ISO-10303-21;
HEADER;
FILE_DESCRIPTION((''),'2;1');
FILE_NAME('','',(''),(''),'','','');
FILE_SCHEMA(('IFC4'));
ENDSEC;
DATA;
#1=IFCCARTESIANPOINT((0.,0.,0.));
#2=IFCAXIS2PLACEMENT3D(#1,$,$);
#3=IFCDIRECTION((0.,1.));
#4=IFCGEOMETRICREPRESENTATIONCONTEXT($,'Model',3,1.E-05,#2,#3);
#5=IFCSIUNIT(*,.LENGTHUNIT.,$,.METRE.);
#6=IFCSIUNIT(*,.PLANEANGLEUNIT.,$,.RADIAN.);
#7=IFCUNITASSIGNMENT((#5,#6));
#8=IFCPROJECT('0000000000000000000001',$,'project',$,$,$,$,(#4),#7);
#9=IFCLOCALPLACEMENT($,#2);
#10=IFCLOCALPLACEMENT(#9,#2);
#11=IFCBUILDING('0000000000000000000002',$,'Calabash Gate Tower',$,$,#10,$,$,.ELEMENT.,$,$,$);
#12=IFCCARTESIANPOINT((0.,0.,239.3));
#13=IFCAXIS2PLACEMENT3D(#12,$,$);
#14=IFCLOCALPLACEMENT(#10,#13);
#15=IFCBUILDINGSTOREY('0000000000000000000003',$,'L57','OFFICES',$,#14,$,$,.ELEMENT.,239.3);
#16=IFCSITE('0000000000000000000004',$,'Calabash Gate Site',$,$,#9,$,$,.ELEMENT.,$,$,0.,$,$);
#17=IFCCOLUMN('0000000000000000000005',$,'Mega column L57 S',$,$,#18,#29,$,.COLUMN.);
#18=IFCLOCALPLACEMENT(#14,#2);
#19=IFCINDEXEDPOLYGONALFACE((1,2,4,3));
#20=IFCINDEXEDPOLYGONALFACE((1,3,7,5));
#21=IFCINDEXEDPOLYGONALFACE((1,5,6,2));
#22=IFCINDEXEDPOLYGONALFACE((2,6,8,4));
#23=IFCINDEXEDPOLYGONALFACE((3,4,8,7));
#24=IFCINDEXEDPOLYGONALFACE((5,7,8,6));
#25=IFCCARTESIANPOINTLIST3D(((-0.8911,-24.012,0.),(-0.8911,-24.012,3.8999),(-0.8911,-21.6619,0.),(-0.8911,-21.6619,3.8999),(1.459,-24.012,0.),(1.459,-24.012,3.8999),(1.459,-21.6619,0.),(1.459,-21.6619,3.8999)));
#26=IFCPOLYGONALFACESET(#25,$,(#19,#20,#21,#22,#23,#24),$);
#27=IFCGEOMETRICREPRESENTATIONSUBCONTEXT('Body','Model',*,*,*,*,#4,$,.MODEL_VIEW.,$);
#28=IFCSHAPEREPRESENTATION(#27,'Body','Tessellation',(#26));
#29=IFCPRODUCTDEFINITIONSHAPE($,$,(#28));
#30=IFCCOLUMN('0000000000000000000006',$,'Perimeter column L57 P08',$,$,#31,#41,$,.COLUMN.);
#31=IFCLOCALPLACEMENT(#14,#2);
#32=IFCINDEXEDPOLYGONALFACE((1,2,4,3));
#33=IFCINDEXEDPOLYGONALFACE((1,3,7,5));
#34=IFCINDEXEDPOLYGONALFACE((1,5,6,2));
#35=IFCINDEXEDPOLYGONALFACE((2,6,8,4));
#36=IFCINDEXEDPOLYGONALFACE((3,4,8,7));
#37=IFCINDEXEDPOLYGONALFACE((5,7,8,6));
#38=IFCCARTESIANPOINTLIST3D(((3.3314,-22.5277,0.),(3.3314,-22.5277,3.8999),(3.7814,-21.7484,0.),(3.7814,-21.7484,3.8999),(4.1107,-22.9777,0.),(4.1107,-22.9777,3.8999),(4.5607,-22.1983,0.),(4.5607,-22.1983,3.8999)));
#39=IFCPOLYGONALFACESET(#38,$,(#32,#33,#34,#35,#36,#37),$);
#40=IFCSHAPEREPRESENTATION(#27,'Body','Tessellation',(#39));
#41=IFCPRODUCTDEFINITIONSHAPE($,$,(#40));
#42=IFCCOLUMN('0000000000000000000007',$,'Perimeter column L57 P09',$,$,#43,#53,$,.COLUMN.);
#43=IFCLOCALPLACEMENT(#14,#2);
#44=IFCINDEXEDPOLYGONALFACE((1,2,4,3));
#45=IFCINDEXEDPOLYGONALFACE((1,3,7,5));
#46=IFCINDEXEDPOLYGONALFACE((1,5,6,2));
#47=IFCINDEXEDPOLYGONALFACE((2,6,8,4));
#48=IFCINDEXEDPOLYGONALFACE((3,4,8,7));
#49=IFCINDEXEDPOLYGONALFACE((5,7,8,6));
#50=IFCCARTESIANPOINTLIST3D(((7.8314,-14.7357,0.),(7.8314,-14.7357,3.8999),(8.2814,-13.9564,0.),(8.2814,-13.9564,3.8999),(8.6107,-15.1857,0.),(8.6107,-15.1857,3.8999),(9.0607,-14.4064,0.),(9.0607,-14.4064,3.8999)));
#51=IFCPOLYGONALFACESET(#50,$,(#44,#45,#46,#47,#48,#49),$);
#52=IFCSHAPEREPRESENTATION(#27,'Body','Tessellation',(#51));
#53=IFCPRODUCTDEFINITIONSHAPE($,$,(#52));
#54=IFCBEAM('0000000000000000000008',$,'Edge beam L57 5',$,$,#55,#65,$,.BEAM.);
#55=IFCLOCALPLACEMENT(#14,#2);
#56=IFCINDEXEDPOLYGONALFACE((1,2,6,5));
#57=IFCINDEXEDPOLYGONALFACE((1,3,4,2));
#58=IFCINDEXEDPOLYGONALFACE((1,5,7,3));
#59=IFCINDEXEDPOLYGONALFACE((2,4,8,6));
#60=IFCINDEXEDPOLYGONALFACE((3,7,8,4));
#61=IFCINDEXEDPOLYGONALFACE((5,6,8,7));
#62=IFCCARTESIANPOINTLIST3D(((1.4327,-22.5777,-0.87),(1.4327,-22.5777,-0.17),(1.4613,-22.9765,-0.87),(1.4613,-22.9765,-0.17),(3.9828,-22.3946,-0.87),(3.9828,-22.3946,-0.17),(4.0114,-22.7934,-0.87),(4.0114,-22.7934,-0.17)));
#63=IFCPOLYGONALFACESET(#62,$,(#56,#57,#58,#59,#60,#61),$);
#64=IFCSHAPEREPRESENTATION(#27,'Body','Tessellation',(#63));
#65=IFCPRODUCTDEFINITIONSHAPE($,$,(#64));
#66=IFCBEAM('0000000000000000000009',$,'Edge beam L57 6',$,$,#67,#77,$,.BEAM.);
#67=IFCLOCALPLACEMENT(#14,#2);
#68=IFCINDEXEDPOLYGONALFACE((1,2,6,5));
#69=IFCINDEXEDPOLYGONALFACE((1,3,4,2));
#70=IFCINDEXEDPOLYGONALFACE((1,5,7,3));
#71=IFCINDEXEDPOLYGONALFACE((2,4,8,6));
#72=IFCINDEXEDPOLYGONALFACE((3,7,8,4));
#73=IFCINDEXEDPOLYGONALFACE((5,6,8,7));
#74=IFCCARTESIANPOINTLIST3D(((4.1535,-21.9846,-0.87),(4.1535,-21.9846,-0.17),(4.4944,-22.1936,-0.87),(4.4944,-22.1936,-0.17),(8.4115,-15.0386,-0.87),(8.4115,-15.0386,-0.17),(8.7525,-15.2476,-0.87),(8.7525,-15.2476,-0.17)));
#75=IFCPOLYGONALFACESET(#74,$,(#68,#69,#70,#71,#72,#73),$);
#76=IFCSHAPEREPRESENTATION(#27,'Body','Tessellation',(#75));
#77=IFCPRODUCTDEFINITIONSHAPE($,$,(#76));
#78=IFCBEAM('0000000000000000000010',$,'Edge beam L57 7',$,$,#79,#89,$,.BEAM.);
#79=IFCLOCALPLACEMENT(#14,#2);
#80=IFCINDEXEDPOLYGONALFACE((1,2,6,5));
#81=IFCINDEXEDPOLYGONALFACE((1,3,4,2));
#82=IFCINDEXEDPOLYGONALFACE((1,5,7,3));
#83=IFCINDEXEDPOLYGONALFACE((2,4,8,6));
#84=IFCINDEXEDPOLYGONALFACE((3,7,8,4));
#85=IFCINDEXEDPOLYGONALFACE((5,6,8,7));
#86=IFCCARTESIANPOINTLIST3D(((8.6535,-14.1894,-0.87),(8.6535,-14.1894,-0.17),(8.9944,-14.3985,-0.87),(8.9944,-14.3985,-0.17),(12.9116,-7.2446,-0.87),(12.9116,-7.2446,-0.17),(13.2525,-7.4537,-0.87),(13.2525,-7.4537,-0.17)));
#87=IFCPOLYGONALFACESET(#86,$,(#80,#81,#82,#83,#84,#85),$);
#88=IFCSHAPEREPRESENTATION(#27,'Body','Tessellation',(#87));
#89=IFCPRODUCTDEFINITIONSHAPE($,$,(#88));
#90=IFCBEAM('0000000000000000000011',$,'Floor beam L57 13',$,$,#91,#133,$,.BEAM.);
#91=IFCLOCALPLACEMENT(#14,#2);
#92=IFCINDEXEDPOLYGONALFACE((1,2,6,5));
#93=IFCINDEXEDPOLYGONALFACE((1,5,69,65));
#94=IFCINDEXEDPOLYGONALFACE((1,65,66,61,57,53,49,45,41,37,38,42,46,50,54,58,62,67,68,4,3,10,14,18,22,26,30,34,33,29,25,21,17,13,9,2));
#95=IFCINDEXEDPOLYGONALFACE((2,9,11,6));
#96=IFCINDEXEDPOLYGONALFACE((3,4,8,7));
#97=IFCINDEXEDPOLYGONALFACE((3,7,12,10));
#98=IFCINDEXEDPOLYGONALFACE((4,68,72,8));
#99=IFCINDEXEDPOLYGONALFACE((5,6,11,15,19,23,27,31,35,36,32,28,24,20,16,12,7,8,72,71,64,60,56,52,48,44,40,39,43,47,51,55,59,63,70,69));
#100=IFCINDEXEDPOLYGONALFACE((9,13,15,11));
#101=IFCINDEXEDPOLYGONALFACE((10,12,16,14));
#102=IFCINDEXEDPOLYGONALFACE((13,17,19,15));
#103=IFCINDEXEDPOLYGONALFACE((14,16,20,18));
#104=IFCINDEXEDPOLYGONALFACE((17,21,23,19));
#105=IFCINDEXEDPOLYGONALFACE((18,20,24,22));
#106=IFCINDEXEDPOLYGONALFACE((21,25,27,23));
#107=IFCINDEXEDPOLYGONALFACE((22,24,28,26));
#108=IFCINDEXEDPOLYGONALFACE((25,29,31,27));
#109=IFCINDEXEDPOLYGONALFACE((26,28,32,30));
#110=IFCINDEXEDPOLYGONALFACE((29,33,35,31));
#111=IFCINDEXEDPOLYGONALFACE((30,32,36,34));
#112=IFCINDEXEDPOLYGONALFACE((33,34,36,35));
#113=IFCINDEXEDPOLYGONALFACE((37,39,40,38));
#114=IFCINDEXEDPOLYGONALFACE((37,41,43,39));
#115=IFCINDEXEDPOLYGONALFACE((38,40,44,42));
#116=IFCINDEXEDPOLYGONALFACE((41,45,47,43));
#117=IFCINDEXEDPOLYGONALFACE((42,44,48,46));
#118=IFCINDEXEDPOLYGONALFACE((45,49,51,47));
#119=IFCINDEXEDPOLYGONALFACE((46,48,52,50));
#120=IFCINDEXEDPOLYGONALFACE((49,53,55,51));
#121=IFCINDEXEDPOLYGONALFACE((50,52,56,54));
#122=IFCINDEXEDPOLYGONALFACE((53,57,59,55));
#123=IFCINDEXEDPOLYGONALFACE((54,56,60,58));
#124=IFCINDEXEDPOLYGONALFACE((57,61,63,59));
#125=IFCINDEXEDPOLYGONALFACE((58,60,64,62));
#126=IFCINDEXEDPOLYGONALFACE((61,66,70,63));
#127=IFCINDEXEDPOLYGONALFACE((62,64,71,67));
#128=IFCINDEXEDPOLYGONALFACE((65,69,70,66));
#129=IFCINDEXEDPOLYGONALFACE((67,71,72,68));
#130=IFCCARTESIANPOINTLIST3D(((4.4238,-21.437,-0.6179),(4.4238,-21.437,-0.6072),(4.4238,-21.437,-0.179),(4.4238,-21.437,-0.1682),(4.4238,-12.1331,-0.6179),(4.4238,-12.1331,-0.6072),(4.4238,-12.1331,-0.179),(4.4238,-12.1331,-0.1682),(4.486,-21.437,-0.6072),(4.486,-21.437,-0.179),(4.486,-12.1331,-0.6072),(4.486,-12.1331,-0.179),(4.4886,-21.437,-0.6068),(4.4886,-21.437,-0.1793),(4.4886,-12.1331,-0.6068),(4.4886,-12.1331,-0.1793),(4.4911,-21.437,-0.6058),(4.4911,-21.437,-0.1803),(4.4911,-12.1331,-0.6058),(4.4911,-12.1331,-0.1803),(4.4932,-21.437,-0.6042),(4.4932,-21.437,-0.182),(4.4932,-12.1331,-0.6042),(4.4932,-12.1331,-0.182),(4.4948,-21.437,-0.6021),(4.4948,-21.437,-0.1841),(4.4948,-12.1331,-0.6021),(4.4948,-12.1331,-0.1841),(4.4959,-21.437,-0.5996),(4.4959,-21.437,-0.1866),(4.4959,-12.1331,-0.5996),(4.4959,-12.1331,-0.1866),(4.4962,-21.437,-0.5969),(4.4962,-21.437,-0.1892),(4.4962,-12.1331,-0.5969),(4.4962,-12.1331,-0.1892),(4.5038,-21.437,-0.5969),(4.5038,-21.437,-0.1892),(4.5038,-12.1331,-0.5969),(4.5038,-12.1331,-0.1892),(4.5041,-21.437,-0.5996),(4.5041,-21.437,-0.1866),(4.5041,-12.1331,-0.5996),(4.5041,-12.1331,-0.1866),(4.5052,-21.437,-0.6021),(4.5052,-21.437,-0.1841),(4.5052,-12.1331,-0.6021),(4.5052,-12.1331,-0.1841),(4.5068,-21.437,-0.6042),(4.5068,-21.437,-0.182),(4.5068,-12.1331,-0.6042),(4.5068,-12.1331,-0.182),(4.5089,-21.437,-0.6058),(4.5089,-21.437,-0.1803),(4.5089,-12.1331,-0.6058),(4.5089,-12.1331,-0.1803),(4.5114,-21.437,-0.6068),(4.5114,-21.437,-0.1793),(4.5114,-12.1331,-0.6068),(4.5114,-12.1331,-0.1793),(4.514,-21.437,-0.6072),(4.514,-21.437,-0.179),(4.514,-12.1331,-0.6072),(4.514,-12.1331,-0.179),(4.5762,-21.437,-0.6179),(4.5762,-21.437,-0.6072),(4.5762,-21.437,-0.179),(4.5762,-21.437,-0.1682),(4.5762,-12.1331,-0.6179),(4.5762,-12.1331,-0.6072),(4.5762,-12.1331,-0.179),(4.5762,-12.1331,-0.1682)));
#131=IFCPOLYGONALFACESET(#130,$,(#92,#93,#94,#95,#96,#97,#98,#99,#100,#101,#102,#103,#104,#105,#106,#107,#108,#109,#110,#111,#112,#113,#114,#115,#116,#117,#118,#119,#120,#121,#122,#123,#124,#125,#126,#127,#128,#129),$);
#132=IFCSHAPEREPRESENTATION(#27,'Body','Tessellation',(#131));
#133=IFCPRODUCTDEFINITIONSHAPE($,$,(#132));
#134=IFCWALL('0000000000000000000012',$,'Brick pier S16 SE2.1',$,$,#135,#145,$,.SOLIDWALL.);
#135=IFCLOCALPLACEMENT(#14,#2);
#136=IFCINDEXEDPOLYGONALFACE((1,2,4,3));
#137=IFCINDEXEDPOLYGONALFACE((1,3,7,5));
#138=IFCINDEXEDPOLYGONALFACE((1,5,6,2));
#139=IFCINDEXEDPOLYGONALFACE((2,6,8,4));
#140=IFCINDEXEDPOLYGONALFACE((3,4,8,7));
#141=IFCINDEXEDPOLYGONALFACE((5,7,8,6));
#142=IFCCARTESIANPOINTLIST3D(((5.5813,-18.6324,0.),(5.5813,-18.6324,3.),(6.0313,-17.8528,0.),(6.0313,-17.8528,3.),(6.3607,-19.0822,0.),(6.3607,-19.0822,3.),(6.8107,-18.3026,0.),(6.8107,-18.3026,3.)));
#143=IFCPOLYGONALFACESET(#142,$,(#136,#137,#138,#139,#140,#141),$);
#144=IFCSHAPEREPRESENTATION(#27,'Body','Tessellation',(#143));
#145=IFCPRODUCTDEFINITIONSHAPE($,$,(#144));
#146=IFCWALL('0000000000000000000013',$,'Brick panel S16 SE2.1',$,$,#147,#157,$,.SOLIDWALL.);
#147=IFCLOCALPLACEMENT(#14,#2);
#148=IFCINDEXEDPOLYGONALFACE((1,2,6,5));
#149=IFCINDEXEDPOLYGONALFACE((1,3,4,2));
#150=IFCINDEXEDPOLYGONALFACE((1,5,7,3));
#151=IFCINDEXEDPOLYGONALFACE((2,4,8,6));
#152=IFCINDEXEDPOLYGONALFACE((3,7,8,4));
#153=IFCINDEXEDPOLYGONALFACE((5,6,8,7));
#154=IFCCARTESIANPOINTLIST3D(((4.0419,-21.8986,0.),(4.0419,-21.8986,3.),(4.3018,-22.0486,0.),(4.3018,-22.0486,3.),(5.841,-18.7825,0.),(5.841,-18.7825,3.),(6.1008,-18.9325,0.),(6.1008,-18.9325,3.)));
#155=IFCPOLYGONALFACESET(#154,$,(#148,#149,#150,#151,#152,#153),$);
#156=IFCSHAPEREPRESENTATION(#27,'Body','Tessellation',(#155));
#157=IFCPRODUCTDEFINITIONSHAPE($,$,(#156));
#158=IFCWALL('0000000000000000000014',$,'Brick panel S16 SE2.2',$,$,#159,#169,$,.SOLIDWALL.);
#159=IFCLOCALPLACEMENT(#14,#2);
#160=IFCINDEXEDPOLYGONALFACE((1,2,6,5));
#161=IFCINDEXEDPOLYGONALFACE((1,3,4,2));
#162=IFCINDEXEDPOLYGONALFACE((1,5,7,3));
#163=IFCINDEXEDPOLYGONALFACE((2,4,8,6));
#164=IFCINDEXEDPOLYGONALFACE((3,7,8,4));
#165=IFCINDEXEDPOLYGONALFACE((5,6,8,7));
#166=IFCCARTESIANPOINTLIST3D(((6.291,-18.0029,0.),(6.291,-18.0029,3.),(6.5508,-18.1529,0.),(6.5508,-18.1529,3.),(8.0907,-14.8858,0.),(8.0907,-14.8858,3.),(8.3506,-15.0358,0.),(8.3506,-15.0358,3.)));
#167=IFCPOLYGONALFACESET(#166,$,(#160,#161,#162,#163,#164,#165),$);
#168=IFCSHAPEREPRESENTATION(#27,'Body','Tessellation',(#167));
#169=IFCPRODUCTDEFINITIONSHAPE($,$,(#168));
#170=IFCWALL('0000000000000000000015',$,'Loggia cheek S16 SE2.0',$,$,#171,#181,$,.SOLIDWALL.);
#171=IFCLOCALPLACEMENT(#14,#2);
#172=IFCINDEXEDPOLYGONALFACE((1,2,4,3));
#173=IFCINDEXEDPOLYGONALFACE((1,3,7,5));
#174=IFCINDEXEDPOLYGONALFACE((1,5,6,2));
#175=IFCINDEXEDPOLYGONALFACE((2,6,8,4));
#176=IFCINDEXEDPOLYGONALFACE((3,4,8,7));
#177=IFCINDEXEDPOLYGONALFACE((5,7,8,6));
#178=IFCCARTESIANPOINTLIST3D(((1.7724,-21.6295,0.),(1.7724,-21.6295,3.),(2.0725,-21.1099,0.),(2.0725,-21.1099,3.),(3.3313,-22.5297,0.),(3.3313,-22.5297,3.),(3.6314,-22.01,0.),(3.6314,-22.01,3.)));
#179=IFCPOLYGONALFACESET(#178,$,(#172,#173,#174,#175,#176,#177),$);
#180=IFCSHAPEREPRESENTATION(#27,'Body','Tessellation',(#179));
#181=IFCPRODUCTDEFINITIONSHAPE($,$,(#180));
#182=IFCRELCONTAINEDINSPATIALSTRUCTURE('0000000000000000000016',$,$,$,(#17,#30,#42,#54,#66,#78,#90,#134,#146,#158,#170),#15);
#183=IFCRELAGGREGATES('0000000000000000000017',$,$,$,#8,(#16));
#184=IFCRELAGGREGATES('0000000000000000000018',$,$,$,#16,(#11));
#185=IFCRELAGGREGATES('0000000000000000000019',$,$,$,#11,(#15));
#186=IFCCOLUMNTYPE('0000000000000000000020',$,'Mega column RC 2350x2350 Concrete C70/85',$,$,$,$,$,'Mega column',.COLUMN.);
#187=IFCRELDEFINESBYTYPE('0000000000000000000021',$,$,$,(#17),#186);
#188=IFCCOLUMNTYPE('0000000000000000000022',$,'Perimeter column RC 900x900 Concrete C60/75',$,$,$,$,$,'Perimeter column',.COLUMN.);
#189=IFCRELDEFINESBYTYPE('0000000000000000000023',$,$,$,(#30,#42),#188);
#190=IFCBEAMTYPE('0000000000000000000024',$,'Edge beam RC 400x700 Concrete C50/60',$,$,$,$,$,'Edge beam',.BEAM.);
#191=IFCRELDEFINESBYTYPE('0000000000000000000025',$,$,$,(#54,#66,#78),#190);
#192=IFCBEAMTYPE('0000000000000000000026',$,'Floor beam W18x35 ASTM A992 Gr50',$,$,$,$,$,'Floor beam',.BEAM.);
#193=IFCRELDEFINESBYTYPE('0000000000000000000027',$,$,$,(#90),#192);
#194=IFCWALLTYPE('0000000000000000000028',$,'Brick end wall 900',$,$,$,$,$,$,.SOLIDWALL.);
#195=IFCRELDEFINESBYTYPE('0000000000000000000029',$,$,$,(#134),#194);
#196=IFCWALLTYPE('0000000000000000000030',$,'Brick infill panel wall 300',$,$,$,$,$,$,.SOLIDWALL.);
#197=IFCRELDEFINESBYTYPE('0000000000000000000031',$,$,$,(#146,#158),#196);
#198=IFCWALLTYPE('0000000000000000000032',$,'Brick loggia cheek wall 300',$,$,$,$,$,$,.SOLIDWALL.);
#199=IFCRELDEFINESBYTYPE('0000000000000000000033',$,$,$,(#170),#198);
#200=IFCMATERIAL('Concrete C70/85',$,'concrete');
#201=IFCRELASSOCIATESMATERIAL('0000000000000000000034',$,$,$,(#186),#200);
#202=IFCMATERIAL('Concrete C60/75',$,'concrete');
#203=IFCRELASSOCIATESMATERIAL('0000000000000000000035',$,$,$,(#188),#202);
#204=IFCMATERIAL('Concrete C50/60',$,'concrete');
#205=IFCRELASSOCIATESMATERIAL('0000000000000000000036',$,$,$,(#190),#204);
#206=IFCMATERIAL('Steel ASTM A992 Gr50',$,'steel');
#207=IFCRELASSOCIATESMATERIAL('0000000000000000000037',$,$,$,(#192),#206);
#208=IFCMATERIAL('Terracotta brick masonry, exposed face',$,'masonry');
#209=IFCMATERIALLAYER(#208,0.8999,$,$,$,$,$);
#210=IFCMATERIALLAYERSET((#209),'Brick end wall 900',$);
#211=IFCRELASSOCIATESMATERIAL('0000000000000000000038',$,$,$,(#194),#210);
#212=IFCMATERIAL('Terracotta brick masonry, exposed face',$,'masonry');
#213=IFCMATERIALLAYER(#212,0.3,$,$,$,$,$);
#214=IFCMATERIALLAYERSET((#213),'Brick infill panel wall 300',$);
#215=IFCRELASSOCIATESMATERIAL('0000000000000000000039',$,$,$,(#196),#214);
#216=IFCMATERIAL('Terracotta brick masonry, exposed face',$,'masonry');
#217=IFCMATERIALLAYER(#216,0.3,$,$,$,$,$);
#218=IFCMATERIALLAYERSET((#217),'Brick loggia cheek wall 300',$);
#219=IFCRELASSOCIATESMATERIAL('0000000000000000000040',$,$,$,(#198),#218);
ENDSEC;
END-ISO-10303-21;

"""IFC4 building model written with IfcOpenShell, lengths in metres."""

from ifc_helpers import new_model, si_unit, direction, frame, frame_2d, origin, origin_2d, place, context, subcontext, project, spatial, rectangle, i_section, extrude, material, layer, layer_set, material_profile, profile_set, type_object, element, save


model = new_model("IFC4")

# Units and contexts
model_context = context("Model", 3, precision=1e-05, world=origin(), true_north=direction((0.0, 1.0)))
body_context = subcontext(model_context, "Body", "Model", "MODEL_VIEW")
ifc_project = project(units=[si_unit("LENGTHUNIT", "METRE"), si_unit("PLANEANGLEUNIT", "RADIAN")], contexts=[model_context])

# Site, building, storey
site_placement = place(None, origin())
site = spatial("IfcSite", under=ifc_project, at=site_placement, Name="Calabash Gate Site", CompositionType="ELEMENT", RefElevation=0.0)
building_placement = place(site_placement, origin())
building = spatial("IfcBuilding", under=site, at=building_placement, Name="Calabash Gate Tower", CompositionType="ELEMENT")
storey_placement = place(building_placement, frame((0.0, 0.0, 239.3)))
storey = spatial("IfcBuildingStorey", under=building, at=storey_placement, Name="L57", Description="OFFICES", CompositionType="ELEMENT", Elevation=239.3)

# Columns
ifc_material_1 = material(Name="Concrete C70/85", Category="concrete")
ifc_material_profile_1 = material_profile(ifc_material_1, rectangle(XDim=2.3501, YDim=2.3501, at=origin_2d()))
ifc_profile_set_1 = profile_set([ifc_material_profile_1], Name="Concrete C70/85")
column_type_1 = type_object("IfcColumnType", Name="Mega column RC 2350x2350 Concrete C70/85", ElementType="Mega column", PredefinedType="COLUMN", material=ifc_profile_set_1)
column_placement = place(storey_placement, frame((0.2839, -22.8369, 0.0), z_axis=(0.0, 0.0, 1.0), x_axis=(0.0, 1.0, 0.0)))
element("IfcColumn", 1, at=column_placement, inside=storey, type_object=column_type_1, Name="Mega column L57 S", PredefinedType="COLUMN", context=body_context, shape_type="SweptSolid", body=[
    extrude(rectangle(XDim=2.3501, YDim=2.3501, at=origin_2d()), origin(), (0.0, 0.0, 1.0), 3.8999),
])
ifc_material_2 = material(Name="Concrete C60/75", Category="concrete")
ifc_material_profile_2 = material_profile(ifc_material_2, rectangle(XDim=0.8999, YDim=0.8999, at=origin_2d()))
ifc_profile_set_2 = profile_set([ifc_material_profile_2], Name="Concrete C60/75")
column_type_2 = type_object("IfcColumnType", Name="Perimeter column RC 900x900 Concrete C60/75", ElementType="Perimeter column", PredefinedType="COLUMN", material=ifc_profile_set_2)
for number, where, z_axis, x_axis, name in (
    (2, (3.946, -22.363, 0.0), (0.0, 0.0, 1.0), (0.5, 0.866025, 0.0), "Perimeter column L57 P08"),
    (3, (8.446, -14.571, 0.0), (0.0, 0.0, 1.0), (0.5, 0.866025, 0.0), "Perimeter column L57 P09"),
):
    element("IfcColumn", number, at=place(storey_placement, frame(where, z_axis=z_axis, x_axis=x_axis)), inside=storey, type_object=column_type_2, Name=name, PredefinedType="COLUMN", context=body_context, shape_type="SweptSolid", body=[
        extrude(rectangle(XDim=0.8999, YDim=0.8999, at=origin_2d()), origin(), (0.0, 0.0, 1.0), 3.8999),
    ])

# Beams
ifc_material_3 = material(Name="Concrete C50/60", Category="concrete")
ifc_material_profile_3 = material_profile(ifc_material_3, rectangle(XDim=0.3999, YDim=0.7, at=origin_2d()))
ifc_profile_set_3 = profile_set([ifc_material_profile_3], Name="Concrete C50/60")
beam_type_1 = type_object("IfcBeamType", Name="Edge beam RC 400x700 Concrete C50/60", ElementType="Edge beam", PredefinedType="BEAM", material=ifc_profile_set_3)
beam_1_placement = place(storey_placement, frame((1.447, -22.7771, -0.52), z_axis=(0.997432, 0.07162, 0.0), x_axis=(-0.07162, 0.997432, 0.0)))
element("IfcBeam", 4, at=beam_1_placement, inside=storey, type_object=beam_type_1, Name="Edge beam L57 5", PredefinedType="BEAM", context=body_context, shape_type="SweptSolid", body=[
    extrude(rectangle(XDim=0.3999, YDim=0.7, at=origin_2d()), origin(), (0.0, 0.0, 1.0), 2.5566),
])
beam_2_placement = place(storey_placement, frame((4.324, -22.0891, -0.52), z_axis=(0.522634, 0.852557, 0.0), x_axis=(-0.852557, 0.522634, 0.0)))
element("IfcBeam", 5, at=beam_2_placement, inside=storey, type_object=beam_type_1, Name="Edge beam L57 6", PredefinedType="BEAM", context=body_context, shape_type="SweptSolid", body=[
    extrude(rectangle(XDim=0.3999, YDim=0.7, at=origin_2d()), origin(), (0.0, 0.0, 1.0), 8.1472),
])
beam_3_placement = place(storey_placement, frame((8.824, -14.2939, -0.52), z_axis=(0.5227, 0.852516, 0.0), x_axis=(-0.852516, 0.5227, 0.0)))
element("IfcBeam", 6, at=beam_3_placement, inside=storey, type_object=beam_type_1, Name="Edge beam L57 7", PredefinedType="BEAM", context=body_context, shape_type="SweptSolid", body=[
    extrude(rectangle(XDim=0.3999, YDim=0.7, at=origin_2d()), origin(), (0.0, 0.0, 1.0), 8.1462),
])
ifc_material_4 = material(Name="Steel ASTM A992 Gr50", Category="steel")
ifc_material_profile_4 = material_profile(ifc_material_4, i_section(OverallWidth=0.1523, OverallDepth=0.4497, WebThickness=0.0076, FlangeThickness=0.0107, FilletRadius=0.0103, at=origin_2d()))
ifc_profile_set_4 = profile_set([ifc_material_profile_4], Name="Steel ASTM A992 Gr50")
beam_type_2 = type_object("IfcBeamType", Name="Floor beam W18x35 ASTM A992 Gr50", ElementType="Floor beam", PredefinedType="BEAM", material=ifc_profile_set_4)
beam_4_placement = place(storey_placement, frame((4.5, -21.437, -0.3931), z_axis=(0.0, 1.0, 0.0), x_axis=(-1.0, 0.0, 0.0)))
element("IfcBeam", 7, at=beam_4_placement, inside=storey, type_object=beam_type_2, Name="Floor beam L57 13", PredefinedType="BEAM", context=body_context, shape_type="SweptSolid", body=[
    extrude(i_section(OverallWidth=0.1523, OverallDepth=0.4497, WebThickness=0.0076, FlangeThickness=0.0107, FilletRadius=0.0103, at=origin_2d()), origin(), (0.0, 0.0, 1.0), 9.304),
])

# Walls
ifc_material_5 = material(Name="Terracotta brick masonry, exposed face", Category="masonry")
ifc_layer_1 = layer(ifc_material_5, 0.8999)
ifc_layer_set_1 = layer_set([ifc_layer_1], Name="Brick end wall 900")
wall_type_1 = type_object("IfcWallType", Name="Brick end wall 900", PredefinedType="SOLIDWALL", material=ifc_layer_set_1)
wall_1_placement = place(storey_placement, frame((5.9709, -18.8574, 0.0), z_axis=(0.0, 0.0, 1.0), x_axis=(0.499902, 0.866082, 0.0)))
element("IfcWall", 8, at=wall_1_placement, inside=storey, type_object=wall_type_1, Name="Brick pier S16 SE2.1", PredefinedType="SOLIDWALL", context=body_context, shape_type="SweptSolid", body=[
    extrude(rectangle(XDim=0.9001, YDim=0.8999, at=frame_2d((0.4502, 0.0))), origin(), (0.0, 0.0, 1.0), 3.0),
])
ifc_material_6 = material(Name="Terracotta brick masonry, exposed face", Category="masonry")
ifc_layer_2 = layer(ifc_material_6, 0.3)
ifc_layer_set_2 = layer_set([ifc_layer_2], Name="Brick infill panel wall 300")
wall_type_2 = type_object("IfcWallType", Name="Brick infill panel wall 300", PredefinedType="SOLIDWALL", material=ifc_layer_set_2)
wall_2_placement = place(storey_placement, frame((4.1719, -21.9736, 0.0), z_axis=(0.0, 0.0, 1.0), x_axis=(0.499985, 0.866034, 0.0)))
element("IfcWall", 9, at=wall_2_placement, inside=storey, type_object=wall_type_2, Name="Brick panel S16 SE2.1", PredefinedType="SOLIDWALL", context=body_context, shape_type="SweptSolid", body=[
    extrude(rectangle(XDim=3.5981, YDim=0.3, at=frame_2d((1.7991, 0.0))), origin(), (0.0, 0.0, 1.0), 3.0),
])
wall_3_placement = place(storey_placement, frame((8.2207, -14.9607, 0.0), z_axis=(0.0, 0.0, 1.0), x_axis=(-0.50002, -0.866014, 0.0)))
element("IfcWall", 10, at=wall_3_placement, inside=storey, type_object=wall_type_2, Name="Brick panel S16 SE2.2", PredefinedType="SOLIDWALL", context=body_context, shape_type="SweptSolid", body=[
    extrude(rectangle(XDim=3.5994, YDim=0.3, at=frame_2d((1.7998, 0.0))), origin(), (0.0, 0.0, 1.0), 3.0),
])
ifc_material_7 = material(Name="Terracotta brick masonry, exposed face", Category="masonry")
ifc_layer_3 = layer(ifc_material_7, 0.3)
ifc_layer_set_3 = layer_set([ifc_layer_3], Name="Brick loggia cheek wall 300")
wall_type_3 = type_object("IfcWallType", Name="Brick loggia cheek wall 300", PredefinedType="SOLIDWALL", material=ifc_layer_set_3)
wall_4_placement = place(storey_placement, frame((3.4812, -22.2698, 0.0), z_axis=(0.0, 0.0, 1.0), x_axis=(-0.865989, 0.500063, 0.0)))
element("IfcWall", 11, at=wall_4_placement, inside=storey, type_object=wall_type_3, Name="Loggia cheek S16 SE2.0", PredefinedType="SOLIDWALL", context=body_context, shape_type="SweptSolid", body=[
    extrude(rectangle(XDim=1.8, YDim=0.6001, at=frame_2d((0.8999, 0.0))), origin(), (0.0, 0.0, 1.0), 3.0),
])

save(model, "model.ifc")
